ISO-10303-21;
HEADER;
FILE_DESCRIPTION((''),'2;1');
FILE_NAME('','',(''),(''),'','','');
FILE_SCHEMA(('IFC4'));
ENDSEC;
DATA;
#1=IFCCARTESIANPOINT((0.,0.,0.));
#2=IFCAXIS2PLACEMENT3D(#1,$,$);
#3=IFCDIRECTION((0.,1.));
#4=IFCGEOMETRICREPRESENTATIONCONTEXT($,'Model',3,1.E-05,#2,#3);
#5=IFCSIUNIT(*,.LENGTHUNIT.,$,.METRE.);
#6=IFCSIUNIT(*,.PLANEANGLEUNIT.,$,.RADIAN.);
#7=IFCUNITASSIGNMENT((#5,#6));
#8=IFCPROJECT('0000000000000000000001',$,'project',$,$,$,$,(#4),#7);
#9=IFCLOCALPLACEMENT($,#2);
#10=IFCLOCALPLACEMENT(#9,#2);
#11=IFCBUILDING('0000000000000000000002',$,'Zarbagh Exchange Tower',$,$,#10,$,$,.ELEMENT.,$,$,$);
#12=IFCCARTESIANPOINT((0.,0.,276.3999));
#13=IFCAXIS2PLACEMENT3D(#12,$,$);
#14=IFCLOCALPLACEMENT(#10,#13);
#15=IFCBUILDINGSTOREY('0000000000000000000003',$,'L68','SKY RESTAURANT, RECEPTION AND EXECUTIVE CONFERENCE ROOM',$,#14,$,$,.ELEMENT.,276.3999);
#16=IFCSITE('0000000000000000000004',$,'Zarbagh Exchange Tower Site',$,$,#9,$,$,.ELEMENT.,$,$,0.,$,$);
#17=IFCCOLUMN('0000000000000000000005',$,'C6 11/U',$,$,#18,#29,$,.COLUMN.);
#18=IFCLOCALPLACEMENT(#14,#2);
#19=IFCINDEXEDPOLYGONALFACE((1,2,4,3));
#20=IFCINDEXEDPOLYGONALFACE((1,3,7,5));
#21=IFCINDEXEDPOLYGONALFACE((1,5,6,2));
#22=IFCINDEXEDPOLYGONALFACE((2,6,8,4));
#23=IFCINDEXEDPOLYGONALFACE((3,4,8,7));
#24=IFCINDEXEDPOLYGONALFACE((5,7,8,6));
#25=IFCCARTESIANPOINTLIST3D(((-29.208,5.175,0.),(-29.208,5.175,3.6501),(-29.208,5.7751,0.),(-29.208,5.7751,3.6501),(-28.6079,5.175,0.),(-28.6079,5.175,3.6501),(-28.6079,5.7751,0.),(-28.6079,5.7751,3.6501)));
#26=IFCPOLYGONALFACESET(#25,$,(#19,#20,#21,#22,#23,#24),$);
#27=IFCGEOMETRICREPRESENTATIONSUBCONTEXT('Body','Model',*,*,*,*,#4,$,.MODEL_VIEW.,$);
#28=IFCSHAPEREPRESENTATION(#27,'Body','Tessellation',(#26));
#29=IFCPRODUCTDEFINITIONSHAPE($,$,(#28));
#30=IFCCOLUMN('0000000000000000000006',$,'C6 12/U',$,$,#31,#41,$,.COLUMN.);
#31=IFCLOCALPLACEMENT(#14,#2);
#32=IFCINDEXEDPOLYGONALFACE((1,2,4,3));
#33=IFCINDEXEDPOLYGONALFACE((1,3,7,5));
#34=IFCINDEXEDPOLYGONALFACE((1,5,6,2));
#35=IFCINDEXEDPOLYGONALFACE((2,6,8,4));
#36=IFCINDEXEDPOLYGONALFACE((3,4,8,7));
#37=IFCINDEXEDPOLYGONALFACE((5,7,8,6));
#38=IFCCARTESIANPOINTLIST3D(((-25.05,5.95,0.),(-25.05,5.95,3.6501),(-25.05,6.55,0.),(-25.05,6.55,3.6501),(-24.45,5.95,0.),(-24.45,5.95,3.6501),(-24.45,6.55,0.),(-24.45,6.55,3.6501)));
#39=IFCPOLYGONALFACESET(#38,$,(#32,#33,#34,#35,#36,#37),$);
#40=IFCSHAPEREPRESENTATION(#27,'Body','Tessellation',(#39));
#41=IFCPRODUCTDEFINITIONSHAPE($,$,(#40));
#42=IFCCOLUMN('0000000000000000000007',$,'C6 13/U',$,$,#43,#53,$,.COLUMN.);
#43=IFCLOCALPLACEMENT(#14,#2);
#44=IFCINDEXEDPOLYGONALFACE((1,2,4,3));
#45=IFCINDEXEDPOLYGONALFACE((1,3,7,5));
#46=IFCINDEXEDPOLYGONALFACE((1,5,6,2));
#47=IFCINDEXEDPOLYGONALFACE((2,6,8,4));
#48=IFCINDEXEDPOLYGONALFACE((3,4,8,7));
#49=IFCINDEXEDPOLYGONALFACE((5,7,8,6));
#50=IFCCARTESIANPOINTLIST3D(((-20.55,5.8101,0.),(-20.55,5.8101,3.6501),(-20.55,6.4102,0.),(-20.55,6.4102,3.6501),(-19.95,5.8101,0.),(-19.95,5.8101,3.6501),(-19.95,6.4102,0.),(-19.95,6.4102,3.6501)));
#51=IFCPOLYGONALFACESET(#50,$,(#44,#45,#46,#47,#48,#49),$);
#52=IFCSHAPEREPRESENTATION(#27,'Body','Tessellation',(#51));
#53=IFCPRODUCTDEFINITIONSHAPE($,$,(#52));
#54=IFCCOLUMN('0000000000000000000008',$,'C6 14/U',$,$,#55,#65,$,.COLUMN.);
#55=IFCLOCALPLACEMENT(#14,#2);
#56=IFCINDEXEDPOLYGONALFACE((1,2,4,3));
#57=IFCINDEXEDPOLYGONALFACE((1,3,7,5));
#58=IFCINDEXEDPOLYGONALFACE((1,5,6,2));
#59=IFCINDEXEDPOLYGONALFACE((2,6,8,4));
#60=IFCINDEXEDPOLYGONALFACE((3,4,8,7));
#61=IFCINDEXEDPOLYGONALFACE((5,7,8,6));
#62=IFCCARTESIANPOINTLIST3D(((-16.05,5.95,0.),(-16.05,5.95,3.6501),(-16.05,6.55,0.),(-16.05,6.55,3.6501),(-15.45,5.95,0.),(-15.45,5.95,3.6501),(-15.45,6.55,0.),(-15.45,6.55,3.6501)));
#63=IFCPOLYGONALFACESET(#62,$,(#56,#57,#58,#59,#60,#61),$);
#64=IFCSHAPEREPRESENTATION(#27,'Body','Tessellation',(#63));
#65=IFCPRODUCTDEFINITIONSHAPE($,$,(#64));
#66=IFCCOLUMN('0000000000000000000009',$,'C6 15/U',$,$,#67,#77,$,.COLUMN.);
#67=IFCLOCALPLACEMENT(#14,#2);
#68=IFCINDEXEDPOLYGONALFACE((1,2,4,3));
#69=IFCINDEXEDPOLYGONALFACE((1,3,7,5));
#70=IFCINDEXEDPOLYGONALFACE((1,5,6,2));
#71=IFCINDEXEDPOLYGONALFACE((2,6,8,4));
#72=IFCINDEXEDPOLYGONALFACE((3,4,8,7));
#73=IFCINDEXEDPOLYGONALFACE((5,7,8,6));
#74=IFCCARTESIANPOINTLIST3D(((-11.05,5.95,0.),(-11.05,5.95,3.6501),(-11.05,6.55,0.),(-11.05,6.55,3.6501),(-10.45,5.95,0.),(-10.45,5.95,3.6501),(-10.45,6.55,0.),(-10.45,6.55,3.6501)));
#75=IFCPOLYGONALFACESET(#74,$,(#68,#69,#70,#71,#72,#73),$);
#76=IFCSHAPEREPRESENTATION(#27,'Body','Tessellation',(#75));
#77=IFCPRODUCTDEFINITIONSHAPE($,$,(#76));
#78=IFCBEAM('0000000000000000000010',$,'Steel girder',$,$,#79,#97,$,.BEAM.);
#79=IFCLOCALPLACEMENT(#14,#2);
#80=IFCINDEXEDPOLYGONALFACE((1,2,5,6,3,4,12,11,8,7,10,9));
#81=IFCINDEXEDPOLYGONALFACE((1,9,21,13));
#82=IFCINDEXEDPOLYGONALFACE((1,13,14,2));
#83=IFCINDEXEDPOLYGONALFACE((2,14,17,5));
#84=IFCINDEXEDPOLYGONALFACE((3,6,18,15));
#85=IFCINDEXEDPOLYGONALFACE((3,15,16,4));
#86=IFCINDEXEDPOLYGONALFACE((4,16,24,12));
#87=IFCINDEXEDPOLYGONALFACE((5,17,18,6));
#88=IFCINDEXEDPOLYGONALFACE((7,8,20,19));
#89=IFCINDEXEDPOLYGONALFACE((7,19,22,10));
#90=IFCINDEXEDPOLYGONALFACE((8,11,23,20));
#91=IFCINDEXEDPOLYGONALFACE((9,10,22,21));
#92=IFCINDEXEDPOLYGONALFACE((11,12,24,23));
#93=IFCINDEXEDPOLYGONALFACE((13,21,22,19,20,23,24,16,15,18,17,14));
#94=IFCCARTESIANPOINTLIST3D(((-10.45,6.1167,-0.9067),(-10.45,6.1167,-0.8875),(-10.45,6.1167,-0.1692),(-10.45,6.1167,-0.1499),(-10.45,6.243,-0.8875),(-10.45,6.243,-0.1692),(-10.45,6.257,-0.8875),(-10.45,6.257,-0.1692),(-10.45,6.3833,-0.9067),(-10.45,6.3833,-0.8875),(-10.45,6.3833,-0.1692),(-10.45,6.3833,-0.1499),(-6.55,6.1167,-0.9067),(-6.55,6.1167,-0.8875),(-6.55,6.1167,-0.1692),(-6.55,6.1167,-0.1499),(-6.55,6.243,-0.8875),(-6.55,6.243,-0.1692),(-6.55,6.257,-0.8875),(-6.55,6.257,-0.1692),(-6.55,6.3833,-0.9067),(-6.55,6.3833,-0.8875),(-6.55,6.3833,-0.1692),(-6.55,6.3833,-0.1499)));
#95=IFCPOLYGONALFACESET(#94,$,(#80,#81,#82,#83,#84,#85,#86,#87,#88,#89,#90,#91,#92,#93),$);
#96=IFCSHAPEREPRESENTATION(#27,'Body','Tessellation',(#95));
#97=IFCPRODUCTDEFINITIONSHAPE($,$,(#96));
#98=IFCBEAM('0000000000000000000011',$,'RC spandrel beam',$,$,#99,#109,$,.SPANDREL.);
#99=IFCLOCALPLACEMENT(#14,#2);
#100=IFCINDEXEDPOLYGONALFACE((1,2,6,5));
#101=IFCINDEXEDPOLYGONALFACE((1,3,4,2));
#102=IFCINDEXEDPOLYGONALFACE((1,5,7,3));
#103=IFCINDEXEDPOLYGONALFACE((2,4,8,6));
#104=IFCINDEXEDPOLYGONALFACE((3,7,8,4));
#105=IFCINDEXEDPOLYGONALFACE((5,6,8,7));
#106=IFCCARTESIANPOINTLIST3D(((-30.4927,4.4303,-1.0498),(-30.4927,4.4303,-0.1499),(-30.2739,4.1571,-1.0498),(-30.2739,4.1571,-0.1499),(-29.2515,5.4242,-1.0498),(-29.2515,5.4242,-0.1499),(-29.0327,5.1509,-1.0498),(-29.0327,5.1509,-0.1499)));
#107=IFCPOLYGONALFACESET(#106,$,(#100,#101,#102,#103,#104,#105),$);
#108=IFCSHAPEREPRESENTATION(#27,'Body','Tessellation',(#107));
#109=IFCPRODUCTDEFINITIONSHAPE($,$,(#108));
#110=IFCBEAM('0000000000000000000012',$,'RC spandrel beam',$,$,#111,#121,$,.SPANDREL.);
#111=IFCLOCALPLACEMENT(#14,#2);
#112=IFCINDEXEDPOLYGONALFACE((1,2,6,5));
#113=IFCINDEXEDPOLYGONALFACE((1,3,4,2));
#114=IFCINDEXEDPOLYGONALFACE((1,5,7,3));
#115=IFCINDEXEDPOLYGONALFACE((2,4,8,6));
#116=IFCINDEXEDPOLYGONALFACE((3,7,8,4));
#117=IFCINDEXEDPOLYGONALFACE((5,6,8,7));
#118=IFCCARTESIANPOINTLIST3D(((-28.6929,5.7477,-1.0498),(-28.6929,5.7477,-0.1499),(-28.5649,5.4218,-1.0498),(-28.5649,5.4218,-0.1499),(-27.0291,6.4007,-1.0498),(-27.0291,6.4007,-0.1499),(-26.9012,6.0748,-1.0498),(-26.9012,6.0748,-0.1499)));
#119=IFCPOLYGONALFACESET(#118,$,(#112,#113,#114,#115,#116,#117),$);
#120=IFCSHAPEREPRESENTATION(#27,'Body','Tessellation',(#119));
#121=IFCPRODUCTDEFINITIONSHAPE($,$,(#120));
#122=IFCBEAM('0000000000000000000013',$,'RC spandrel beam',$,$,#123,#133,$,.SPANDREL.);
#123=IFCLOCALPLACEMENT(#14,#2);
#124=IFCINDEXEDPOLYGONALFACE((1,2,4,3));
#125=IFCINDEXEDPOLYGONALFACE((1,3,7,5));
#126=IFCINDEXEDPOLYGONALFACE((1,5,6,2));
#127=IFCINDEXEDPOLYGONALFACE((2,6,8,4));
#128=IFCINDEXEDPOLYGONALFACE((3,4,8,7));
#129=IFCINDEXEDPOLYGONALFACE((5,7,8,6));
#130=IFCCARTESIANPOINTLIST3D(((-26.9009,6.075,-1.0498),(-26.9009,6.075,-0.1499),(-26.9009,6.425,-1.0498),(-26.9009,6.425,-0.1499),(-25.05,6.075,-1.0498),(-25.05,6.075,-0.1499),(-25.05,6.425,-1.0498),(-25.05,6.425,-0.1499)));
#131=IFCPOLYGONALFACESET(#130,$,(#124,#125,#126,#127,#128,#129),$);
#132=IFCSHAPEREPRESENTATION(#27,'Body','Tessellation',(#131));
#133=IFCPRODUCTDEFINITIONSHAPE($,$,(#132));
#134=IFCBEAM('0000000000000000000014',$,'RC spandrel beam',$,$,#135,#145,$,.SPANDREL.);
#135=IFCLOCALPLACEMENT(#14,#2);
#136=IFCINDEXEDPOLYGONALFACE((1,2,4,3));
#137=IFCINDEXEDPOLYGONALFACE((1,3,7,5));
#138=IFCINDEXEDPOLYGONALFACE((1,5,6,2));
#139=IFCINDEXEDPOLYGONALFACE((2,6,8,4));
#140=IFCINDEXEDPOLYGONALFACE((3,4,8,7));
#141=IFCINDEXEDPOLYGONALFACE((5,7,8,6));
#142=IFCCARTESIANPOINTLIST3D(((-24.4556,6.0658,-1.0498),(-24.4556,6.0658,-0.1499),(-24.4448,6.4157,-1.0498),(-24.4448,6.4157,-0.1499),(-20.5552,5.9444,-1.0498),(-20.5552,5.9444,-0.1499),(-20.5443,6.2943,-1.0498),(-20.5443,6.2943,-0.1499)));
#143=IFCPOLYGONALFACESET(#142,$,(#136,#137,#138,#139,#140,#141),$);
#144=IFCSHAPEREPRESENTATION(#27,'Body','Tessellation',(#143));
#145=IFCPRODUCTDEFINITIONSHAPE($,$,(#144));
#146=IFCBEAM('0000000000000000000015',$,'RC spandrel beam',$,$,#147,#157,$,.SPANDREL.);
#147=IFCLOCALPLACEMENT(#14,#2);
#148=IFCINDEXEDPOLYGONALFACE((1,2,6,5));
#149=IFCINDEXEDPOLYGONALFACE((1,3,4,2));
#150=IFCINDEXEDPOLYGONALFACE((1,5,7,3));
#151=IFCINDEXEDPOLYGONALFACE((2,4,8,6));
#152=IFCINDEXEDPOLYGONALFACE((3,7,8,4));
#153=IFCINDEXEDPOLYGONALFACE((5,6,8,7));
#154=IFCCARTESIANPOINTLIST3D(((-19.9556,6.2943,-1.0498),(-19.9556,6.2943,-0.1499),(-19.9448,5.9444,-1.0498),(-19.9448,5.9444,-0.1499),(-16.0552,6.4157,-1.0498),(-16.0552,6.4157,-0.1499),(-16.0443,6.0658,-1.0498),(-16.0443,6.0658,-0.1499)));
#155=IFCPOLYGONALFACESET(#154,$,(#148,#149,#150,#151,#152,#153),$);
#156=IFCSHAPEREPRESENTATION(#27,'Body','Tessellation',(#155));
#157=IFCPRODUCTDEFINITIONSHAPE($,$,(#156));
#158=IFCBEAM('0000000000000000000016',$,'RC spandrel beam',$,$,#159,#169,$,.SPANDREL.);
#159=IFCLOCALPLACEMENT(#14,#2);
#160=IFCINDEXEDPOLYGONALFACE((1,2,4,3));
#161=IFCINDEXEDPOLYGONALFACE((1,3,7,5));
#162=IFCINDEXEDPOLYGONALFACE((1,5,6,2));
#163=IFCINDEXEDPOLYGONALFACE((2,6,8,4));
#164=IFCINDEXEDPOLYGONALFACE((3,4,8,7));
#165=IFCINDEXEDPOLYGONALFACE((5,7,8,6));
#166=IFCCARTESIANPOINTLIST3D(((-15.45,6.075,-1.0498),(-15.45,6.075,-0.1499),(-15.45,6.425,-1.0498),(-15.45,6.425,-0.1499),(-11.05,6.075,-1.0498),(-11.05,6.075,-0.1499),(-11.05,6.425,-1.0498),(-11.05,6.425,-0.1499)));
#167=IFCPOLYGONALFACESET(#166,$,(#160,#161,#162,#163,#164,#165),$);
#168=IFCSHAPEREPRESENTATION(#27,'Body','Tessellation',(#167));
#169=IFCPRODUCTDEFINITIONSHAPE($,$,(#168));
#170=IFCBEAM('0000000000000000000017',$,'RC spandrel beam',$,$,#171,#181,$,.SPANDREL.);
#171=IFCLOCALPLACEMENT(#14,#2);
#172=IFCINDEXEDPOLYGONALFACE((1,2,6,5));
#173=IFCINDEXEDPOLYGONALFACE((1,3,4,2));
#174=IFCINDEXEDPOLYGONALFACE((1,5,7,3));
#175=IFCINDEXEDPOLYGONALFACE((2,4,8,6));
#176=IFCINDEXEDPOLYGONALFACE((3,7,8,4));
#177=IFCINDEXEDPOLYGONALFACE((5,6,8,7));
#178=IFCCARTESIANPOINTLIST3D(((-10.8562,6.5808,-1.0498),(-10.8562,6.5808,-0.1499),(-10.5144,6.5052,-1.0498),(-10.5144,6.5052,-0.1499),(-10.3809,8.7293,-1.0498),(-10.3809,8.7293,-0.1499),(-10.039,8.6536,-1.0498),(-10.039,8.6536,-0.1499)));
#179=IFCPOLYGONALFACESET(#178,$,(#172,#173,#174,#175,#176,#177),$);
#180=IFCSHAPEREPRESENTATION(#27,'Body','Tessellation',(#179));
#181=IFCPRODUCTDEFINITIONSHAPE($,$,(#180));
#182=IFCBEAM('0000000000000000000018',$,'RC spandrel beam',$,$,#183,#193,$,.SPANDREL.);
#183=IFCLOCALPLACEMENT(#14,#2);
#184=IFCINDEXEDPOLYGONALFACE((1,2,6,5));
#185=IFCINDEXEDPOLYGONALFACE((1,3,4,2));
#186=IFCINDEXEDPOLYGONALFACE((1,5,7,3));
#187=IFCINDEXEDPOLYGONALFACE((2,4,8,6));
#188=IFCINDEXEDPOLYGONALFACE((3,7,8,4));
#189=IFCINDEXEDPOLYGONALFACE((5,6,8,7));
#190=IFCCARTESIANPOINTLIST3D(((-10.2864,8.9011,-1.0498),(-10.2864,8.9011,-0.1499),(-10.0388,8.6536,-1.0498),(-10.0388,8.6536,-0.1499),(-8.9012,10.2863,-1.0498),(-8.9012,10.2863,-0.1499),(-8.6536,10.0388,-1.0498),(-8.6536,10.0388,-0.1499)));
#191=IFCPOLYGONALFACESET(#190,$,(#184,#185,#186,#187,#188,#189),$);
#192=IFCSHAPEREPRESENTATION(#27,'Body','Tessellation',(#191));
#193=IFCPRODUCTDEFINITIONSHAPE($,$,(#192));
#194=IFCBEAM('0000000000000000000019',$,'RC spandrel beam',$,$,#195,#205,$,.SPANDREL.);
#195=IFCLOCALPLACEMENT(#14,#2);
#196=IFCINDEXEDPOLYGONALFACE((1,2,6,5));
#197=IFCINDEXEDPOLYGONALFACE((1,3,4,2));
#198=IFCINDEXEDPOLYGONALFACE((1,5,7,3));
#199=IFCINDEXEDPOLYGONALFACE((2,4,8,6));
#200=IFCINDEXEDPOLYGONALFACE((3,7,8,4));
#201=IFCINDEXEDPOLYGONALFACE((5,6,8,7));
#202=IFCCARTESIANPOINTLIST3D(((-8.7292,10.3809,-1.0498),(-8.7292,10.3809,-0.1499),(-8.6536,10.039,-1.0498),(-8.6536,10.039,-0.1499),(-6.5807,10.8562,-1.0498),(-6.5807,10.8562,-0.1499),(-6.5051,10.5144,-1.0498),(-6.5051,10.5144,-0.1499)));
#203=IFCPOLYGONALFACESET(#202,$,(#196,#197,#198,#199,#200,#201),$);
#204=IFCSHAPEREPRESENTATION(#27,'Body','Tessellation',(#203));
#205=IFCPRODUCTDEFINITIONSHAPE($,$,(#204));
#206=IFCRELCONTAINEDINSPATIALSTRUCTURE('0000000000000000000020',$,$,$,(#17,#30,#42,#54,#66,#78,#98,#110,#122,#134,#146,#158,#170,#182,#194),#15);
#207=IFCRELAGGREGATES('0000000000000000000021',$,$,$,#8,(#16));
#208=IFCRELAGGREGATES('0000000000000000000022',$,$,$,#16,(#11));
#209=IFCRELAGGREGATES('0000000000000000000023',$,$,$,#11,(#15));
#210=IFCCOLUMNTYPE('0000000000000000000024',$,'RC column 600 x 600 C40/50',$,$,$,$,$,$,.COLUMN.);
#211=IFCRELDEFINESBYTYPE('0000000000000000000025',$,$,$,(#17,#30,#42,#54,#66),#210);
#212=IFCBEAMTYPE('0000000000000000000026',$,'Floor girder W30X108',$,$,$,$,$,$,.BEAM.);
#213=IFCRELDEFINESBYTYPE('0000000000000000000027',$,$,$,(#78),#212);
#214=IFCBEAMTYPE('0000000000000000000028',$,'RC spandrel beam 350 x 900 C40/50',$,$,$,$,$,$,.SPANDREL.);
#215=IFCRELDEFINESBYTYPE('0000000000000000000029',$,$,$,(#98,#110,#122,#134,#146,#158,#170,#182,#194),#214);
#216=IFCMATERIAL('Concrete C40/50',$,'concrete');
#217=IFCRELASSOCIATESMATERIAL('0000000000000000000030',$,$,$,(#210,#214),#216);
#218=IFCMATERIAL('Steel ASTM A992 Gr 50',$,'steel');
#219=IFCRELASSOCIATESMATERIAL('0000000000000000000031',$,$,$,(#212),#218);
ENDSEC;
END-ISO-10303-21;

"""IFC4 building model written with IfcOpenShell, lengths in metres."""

from ifc_helpers import new_model, si_unit, direction, frame, origin, origin_2d, place, context, subcontext, project, spatial, rectangle, i_section, extrude, material, material_profile, profile_set, type_object, element, save


model = new_model("IFC4")

# Units and contexts
model_context = context("Model", 3, precision=1e-05, world=origin(), true_north=direction((0.0, 1.0)))
body_context = subcontext(model_context, "Body", "Model", "MODEL_VIEW")
ifc_project = project(units=[si_unit("LENGTHUNIT", "METRE"), si_unit("PLANEANGLEUNIT", "RADIAN")], contexts=[model_context])

# Site, building, storey
site_placement = place(None, origin())
site = spatial("IfcSite", under=ifc_project, at=site_placement, Name="Zarbagh Exchange Tower Site", CompositionType="ELEMENT", RefElevation=0.0)
building_placement = place(site_placement, origin())
building = spatial("IfcBuilding", under=site, at=building_placement, Name="Zarbagh Exchange Tower", CompositionType="ELEMENT")
storey_placement = place(building_placement, frame((0.0, 0.0, 276.3999)))
storey = spatial("IfcBuildingStorey", under=building, at=storey_placement, Name="L68", Description="SKY RESTAURANT, RECEPTION AND EXECUTIVE CONFERENCE ROOM", CompositionType="ELEMENT", Elevation=276.3999)

# Columns
ifc_material_1 = material(Name="Concrete C40/50", Category="concrete")
ifc_material_profile_1 = material_profile(ifc_material_1, rectangle(XDim=0.6001, YDim=0.6001, at=origin_2d()), Name="RC column 600 x 600 C40/50")
ifc_profile_set_1 = profile_set([ifc_material_profile_1], Name="Concrete C40/50")
column_type = type_object("IfcColumnType", Name="RC column 600 x 600 C40/50", PredefinedType="COLUMN", material=ifc_profile_set_1)
for number, where, z_axis, x_axis, name in (
    (1, (-28.908, 5.4751, 0.0), (0.0, 0.0, 1.0), (1.0, 0.0, 0.0), "C6 11/U"),
    (2, (-24.75, 6.25, 0.0), (0.0, 0.0, 1.0), (1.0, 0.0, 0.0), "C6 12/U"),
    (3, (-20.25, 6.1101, 0.0), (0.0, 0.0, 1.0), (1.0, 0.0, 0.0), "C6 13/U"),
    (4, (-15.75, 6.25, 0.0), (0.0, 0.0, 1.0), (1.0, 0.0, 0.0), "C6 14/U"),
    (5, (-10.75, 6.25, 0.0), (0.0, 0.0, 1.0), (1.0, 0.0, 0.0), "C6 15/U"),
):
    element("IfcColumn", number, at=place(storey_placement, frame(where, z_axis=z_axis, x_axis=x_axis)), inside=storey, type_object=column_type, Name=name, PredefinedType="COLUMN", context=body_context, shape_type="SweptSolid", body=[
        extrude(rectangle(XDim=0.6001, YDim=0.6001, at=origin_2d()), origin(), (0.0, 0.0, 1.0), 3.6501),
    ])

# Beams
ifc_material_2 = material(Name="Steel ASTM A992 Gr 50", Category="steel")
ifc_material_profile_2 = material_profile(ifc_material_2, i_section(OverallWidth=0.2666, OverallDepth=0.7568, WebThickness=0.0139, FlangeThickness=0.0193, at=origin_2d()), Name="W30X108")
ifc_profile_set_2 = profile_set([ifc_material_profile_2], Name="Steel ASTM A992 Gr 50")
beam_type_1 = type_object("IfcBeamType", Name="Floor girder W30X108", PredefinedType="BEAM", material=ifc_profile_set_2)
beam_1_placement = place(storey_placement, frame((-10.45, 6.25, -0.5283), z_axis=(1.0, 0.0, 0.0), x_axis=(0.0, 1.0, 0.0)))
element("IfcBeam", 6, at=beam_1_placement, inside=storey, type_object=beam_type_1, Name="Steel girder", PredefinedType="BEAM", context=body_context, shape_type="SweptSolid", body=[
    extrude(i_section(OverallWidth=0.2666, OverallDepth=0.7568, WebThickness=0.0139, FlangeThickness=0.0193, at=origin_2d()), origin(), (0.0, 0.0, 1.0), 3.8999),
])
ifc_material_profile_3 = material_profile(ifc_material_1, rectangle(XDim=0.3501, YDim=0.8999, at=origin_2d()), Name="RC spandrel beam 350 x 900 C40/50")
ifc_profile_set_3 = profile_set([ifc_material_profile_3], Name="Concrete C40/50")
beam_type_2 = type_object("IfcBeamType", Name="RC spandrel beam 350 x 900 C40/50", PredefinedType="SPANDREL", material=ifc_profile_set_3)
beam_2_placement = place(storey_placement, frame((-30.3833, 4.2937, -0.5999), z_axis=(0.780584, 0.625051, 0.0), x_axis=(-0.625051, 0.780584, 0.0)))
element("IfcBeam", 7, at=beam_2_placement, inside=storey, type_object=beam_type_2, Name="RC spandrel beam", PredefinedType="SPANDREL", context=body_context, shape_type="SweptSolid", body=[
    extrude(rectangle(XDim=0.3501, YDim=0.8999, at=origin_2d()), origin(), (0.0, 0.0, 1.0), 1.5901),
])
beam_3_placement = place(storey_placement, frame((-28.6289, 5.5847, -0.5999), z_axis=(0.930859, 0.365378, 0.0), x_axis=(-0.365378, 0.930859, 0.0)))
element("IfcBeam", 8, at=beam_3_placement, inside=storey, type_object=beam_type_2, Name="RC spandrel beam", PredefinedType="SPANDREL", context=body_context, shape_type="SweptSolid", body=[
    extrude(rectangle(XDim=0.3501, YDim=0.8999, at=origin_2d()), origin(), (0.0, 0.0, 1.0), 1.7874),
])
beam_4_placement = place(storey_placement, frame((-26.9009, 6.25, -0.5999), z_axis=(1.0, 0.0, 0.0), x_axis=(0.0, 1.0, 0.0)))
element("IfcBeam", 9, at=beam_4_placement, inside=storey, type_object=beam_type_2, Name="RC spandrel beam", PredefinedType="SPANDREL", context=body_context, shape_type="SweptSolid", body=[
    extrude(rectangle(XDim=0.3501, YDim=0.8999, at=origin_2d()), origin(), (0.0, 0.0, 1.0), 1.8508),
])
for number, where, z_axis, x_axis, name in (
    (10, (-24.4502, 6.2407, -0.5999), (0.999516, -0.031094, 0.0), (0.031094, 0.999516, 0.0), "RC spandrel beam"),
    (11, (-19.9502, 6.1194, -0.5999), (0.999516, 0.031094, 0.0), (-0.031094, 0.999516, 0.0), "RC spandrel beam"),
):
    element("IfcBeam", number, at=place(storey_placement, frame(where, z_axis=z_axis, x_axis=x_axis)), inside=storey, type_object=beam_type_2, Name=name, PredefinedType="SPANDREL", context=body_context, shape_type="SweptSolid", body=[
        extrude(rectangle(XDim=0.3501, YDim=0.8999, at=origin_2d()), origin(), (0.0, 0.0, 1.0), 3.9023),
    ])
beam_5_placement = place(storey_placement, frame((-15.45, 6.25, -0.5999), z_axis=(1.0, 0.0, 0.0), x_axis=(0.0, 1.0, 0.0)))
element("IfcBeam", 12, at=beam_5_placement, inside=storey, type_object=beam_type_2, Name="RC spandrel beam", PredefinedType="SPANDREL", context=body_context, shape_type="SweptSolid", body=[
    extrude(rectangle(XDim=0.3501, YDim=0.8999, at=origin_2d()), origin(), (0.0, 0.0, 1.0), 4.3999),
])
beam_6_placement = place(storey_placement, frame((-10.6853, 6.543, -0.5999), z_axis=(0.216026, 0.976388, 0.0), x_axis=(-0.976388, 0.216026, 0.0)))
element("IfcBeam", 13, at=beam_6_placement, inside=storey, type_object=beam_type_2, Name="RC spandrel beam", PredefinedType="SPANDREL", context=body_context, shape_type="SweptSolid", body=[
    extrude(rectangle(XDim=0.3501, YDim=0.8999, at=origin_2d()), origin(), (0.0, 0.0, 1.0), 2.2004),
])
beam_7_placement = place(storey_placement, frame((-10.1626, 8.7773, -0.5999), z_axis=(0.707107, 0.707107, 0.0), x_axis=(-0.707107, 0.707107, 0.0)))
element("IfcBeam", 14, at=beam_7_placement, inside=storey, type_object=beam_type_2, Name="RC spandrel beam", PredefinedType="SPANDREL", context=body_context, shape_type="SweptSolid", body=[
    extrude(rectangle(XDim=0.3501, YDim=0.8999, at=origin_2d()), origin(), (0.0, 0.0, 1.0), 1.959),
])
beam_8_placement = place(storey_placement, frame((-8.6914, 10.21, -0.5999), z_axis=(0.976388, 0.216026, 0.0), x_axis=(-0.216026, 0.976388, 0.0)))
element("IfcBeam", 15, at=beam_8_placement, inside=storey, type_object=beam_type_2, Name="RC spandrel beam", PredefinedType="SPANDREL", context=body_context, shape_type="SweptSolid", body=[
    extrude(rectangle(XDim=0.3501, YDim=0.8999, at=origin_2d()), origin(), (0.0, 0.0, 1.0), 2.2004),
])

save(model, "model.ifc")
